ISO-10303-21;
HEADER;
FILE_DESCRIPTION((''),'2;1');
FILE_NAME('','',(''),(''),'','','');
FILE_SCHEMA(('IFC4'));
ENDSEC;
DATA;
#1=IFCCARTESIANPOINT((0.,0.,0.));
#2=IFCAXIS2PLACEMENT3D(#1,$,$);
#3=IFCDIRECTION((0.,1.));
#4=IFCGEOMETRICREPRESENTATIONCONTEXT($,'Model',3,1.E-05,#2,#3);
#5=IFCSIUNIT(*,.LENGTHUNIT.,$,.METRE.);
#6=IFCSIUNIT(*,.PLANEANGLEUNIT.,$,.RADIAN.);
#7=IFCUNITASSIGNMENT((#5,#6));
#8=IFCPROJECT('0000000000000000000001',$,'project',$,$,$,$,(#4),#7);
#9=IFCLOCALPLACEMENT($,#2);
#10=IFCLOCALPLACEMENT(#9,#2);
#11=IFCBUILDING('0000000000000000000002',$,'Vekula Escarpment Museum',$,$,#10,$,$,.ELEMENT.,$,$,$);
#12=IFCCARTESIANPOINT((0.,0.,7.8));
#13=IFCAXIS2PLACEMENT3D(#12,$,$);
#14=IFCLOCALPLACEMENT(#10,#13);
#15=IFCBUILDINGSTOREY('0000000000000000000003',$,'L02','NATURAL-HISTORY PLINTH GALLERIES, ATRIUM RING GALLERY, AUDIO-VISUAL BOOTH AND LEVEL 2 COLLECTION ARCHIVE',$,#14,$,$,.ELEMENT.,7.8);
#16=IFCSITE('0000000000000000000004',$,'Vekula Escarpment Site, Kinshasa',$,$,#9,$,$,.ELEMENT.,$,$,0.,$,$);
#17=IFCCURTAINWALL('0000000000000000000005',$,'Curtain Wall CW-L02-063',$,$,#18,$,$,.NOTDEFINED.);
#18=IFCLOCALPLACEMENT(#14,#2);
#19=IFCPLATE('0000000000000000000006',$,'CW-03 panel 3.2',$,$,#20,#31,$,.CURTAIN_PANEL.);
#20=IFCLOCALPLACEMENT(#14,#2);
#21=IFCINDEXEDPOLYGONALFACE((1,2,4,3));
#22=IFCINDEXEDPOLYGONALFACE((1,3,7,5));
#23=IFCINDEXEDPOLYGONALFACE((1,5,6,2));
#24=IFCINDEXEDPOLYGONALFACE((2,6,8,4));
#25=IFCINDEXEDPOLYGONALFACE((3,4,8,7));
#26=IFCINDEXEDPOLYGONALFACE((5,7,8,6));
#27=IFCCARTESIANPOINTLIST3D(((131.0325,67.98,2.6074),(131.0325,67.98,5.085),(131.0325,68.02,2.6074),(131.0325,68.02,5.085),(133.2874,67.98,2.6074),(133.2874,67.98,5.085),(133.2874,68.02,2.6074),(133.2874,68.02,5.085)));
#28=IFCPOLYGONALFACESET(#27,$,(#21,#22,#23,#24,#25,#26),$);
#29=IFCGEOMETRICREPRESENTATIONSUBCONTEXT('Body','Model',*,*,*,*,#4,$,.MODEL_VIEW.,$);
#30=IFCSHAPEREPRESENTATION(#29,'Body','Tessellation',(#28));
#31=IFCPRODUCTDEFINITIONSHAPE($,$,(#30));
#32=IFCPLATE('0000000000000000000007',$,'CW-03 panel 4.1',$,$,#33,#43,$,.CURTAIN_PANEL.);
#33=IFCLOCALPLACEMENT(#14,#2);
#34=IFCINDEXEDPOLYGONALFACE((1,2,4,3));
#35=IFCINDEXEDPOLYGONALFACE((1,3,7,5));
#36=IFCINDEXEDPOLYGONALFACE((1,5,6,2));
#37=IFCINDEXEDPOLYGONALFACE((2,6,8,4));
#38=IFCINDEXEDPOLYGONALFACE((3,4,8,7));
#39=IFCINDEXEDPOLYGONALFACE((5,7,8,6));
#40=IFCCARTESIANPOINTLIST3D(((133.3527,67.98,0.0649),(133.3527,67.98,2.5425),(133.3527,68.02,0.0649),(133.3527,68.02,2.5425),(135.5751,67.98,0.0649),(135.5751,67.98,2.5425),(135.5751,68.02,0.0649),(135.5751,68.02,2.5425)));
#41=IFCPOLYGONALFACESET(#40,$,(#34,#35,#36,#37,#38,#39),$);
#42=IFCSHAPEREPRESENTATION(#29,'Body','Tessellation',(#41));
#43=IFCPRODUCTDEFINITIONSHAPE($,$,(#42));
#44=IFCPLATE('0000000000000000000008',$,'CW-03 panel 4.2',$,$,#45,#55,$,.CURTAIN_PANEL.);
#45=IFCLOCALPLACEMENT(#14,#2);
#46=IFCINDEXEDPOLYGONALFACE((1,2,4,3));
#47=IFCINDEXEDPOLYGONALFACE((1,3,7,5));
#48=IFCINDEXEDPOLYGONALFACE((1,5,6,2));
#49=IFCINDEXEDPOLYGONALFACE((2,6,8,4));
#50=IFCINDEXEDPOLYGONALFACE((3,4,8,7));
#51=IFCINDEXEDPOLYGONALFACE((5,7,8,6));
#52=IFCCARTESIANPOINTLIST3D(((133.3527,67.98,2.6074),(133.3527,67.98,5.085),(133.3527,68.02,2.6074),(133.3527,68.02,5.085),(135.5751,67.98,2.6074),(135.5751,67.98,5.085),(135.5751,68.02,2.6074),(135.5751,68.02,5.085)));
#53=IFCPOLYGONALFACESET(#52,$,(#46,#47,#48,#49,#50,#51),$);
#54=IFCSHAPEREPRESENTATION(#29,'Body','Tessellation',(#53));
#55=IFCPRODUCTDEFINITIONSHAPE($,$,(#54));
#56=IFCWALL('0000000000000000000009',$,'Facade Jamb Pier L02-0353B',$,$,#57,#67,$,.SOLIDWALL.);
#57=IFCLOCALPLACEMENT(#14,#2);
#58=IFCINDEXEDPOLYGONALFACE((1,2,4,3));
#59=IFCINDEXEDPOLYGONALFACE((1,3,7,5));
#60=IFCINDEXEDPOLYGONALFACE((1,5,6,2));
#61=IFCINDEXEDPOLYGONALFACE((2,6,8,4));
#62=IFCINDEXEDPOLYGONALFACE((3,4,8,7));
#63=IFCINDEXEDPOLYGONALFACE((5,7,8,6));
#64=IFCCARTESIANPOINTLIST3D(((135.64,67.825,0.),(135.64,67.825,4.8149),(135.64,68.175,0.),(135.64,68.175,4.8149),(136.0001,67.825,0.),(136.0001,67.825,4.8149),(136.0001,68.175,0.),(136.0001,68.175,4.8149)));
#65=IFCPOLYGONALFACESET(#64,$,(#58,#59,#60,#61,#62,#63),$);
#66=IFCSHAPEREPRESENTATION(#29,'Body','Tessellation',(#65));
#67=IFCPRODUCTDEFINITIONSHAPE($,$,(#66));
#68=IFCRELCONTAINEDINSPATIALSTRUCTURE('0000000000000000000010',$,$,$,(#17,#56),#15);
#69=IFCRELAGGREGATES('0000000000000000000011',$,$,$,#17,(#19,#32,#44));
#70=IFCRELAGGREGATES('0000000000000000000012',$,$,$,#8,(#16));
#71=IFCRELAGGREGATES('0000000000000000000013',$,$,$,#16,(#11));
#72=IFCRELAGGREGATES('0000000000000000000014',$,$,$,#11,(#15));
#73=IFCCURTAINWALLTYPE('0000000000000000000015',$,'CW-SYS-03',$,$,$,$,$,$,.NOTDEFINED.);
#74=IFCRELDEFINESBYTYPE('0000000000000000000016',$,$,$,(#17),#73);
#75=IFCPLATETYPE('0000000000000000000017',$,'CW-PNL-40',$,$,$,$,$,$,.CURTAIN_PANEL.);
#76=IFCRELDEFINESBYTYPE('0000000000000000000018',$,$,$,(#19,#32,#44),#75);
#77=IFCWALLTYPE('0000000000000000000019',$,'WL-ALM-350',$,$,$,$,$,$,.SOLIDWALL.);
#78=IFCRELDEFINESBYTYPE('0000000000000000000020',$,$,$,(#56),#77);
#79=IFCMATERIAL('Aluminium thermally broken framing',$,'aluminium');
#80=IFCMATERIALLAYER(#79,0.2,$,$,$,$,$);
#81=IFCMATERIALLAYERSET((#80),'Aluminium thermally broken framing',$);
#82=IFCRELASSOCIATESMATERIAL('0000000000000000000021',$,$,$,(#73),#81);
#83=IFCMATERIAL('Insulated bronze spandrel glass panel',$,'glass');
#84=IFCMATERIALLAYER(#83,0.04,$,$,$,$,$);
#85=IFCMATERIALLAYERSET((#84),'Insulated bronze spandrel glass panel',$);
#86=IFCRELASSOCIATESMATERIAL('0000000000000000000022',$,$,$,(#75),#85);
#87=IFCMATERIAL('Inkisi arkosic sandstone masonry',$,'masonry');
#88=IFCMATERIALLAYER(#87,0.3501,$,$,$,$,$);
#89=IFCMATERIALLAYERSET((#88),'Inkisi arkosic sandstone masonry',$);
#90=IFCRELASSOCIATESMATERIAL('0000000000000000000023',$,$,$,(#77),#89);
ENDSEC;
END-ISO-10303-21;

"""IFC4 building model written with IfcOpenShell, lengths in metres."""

from ifc_helpers import new_model, si_unit, direction, frame, frame_2d, origin, origin_2d, place, context, subcontext, project, spatial, rectangle, extrude, material, layer, layer_set, type_object, element, aggregate, save


model = new_model("IFC4")

# Units and contexts
model_context = context("Model", 3, precision=1e-05, world=origin(), true_north=direction((0.0, 1.0)))
body_context = subcontext(model_context, "Body", "Model", "MODEL_VIEW")
ifc_project = project(units=[si_unit("LENGTHUNIT", "METRE"), si_unit("PLANEANGLEUNIT", "RADIAN")], contexts=[model_context])

# Site, building, storey
site_placement = place(None, origin())
site = spatial("IfcSite", under=ifc_project, at=site_placement, Name="Vekula Escarpment Site, Kinshasa", CompositionType="ELEMENT", RefElevation=0.0)
building_placement = place(site_placement, origin())
building = spatial("IfcBuilding", under=site, at=building_placement, Name="Vekula Escarpment Museum", CompositionType="ELEMENT")
storey_placement = place(building_placement, frame((0.0, 0.0, 7.8)))
storey = spatial("IfcBuildingStorey", under=building, at=storey_placement, Name="L02", Description="NATURAL-HISTORY PLINTH GALLERIES, ATRIUM RING GALLERY, AUDIO-VISUAL BOOTH AND LEVEL 2 COLLECTION ARCHIVE", CompositionType="ELEMENT", Elevation=7.8)

# Curtain wall
ifc_material_1 = material(Name="Aluminium thermally broken framing", Category="aluminium")
ifc_layer_1 = layer(ifc_material_1, 0.2)
ifc_layer_set_1 = layer_set([ifc_layer_1], Name="Aluminium thermally broken framing")
curtain_wall_type = type_object("IfcCurtainWallType", Name="CW-SYS-03", PredefinedType="NOTDEFINED", material=ifc_layer_set_1)
curtain_wall_placement = place(storey_placement, origin())
curtain_wall = element("IfcCurtainWall", 1, at=curtain_wall_placement, inside=storey, type_object=curtain_wall_type, Name="Curtain Wall CW-L02-063", PredefinedType="NOTDEFINED")

# Plates
ifc_material_2 = material(Name="Insulated bronze spandrel glass panel", Category="glass")
ifc_layer_2 = layer(ifc_material_2, 0.04)
ifc_layer_set_2 = layer_set([ifc_layer_2], Name="Insulated bronze spandrel glass panel")
plate_type = type_object("IfcPlateType", Name="CW-PNL-40", PredefinedType="CURTAIN_PANEL", material=ifc_layer_set_2)
plate_1_placement = place(storey_placement, frame((132.1599, 68.0, 2.6074), z_axis=(0.0, 0.0, 1.0), x_axis=(1.0, 0.0, 0.0)))
plate_1 = element("IfcPlate", 2, at=plate_1_placement, type_object=plate_type, Name="CW-03 panel 3.2", PredefinedType="CURTAIN_PANEL", context=body_context, shape_type="SweptSolid", body=[
    extrude(rectangle(XDim=2.2549, YDim=0.04, at=origin_2d()), origin(), (0.0, 0.0, 1.0), 2.4775),
])
plate_2_placement = place(storey_placement, frame((134.4639, 68.0, 0.0649), z_axis=(0.0, 0.0, 1.0), x_axis=(1.0, 0.0, 0.0)))
plate_2 = element("IfcPlate", 3, at=plate_2_placement, type_object=plate_type, Name="CW-03 panel 4.1", PredefinedType="CURTAIN_PANEL", context=body_context, shape_type="SweptSolid", body=[
    extrude(rectangle(XDim=2.2224, YDim=0.04, at=origin_2d()), origin(), (0.0, 0.0, 1.0), 2.4775),
])
plate_3_placement = place(storey_placement, frame((134.4639, 68.0, 2.6074), z_axis=(0.0, 0.0, 1.0), x_axis=(1.0, 0.0, 0.0)))
plate_3 = element("IfcPlate", 4, at=plate_3_placement, type_object=plate_type, Name="CW-03 panel 4.2", PredefinedType="CURTAIN_PANEL", context=body_context, shape_type="SweptSolid", body=[
    extrude(rectangle(XDim=2.2224, YDim=0.04, at=origin_2d()), origin(), (0.0, 0.0, 1.0), 2.4775),
])
aggregate(curtain_wall, [plate_1, plate_2, plate_3])

# Wall
ifc_material_3 = material(Name="Inkisi arkosic sandstone masonry", Category="masonry")
ifc_layer_3 = layer(ifc_material_3, 0.3501)
ifc_layer_set_3 = layer_set([ifc_layer_3], Name="Inkisi arkosic sandstone masonry")
wall_type = type_object("IfcWallType", Name="WL-ALM-350", PredefinedType="SOLIDWALL", material=ifc_layer_set_3)
wall_placement = place(storey_placement, frame((135.6399, 68.0, 0.0), z_axis=(0.0, 0.0, 1.0), x_axis=(1.0, 0.0, 0.0)))
element("IfcWall", 5, at=wall_placement, inside=storey, type_object=wall_type, Name="Facade Jamb Pier L02-0353B", PredefinedType="SOLIDWALL", context=body_context, shape_type="SweptSolid", body=[
    extrude(rectangle(XDim=0.3601, YDim=0.3501, at=frame_2d((0.1802, 0.0))), origin(), (0.0, 0.0, 1.0), 4.8149),
])

save(model, "model.ifc")
